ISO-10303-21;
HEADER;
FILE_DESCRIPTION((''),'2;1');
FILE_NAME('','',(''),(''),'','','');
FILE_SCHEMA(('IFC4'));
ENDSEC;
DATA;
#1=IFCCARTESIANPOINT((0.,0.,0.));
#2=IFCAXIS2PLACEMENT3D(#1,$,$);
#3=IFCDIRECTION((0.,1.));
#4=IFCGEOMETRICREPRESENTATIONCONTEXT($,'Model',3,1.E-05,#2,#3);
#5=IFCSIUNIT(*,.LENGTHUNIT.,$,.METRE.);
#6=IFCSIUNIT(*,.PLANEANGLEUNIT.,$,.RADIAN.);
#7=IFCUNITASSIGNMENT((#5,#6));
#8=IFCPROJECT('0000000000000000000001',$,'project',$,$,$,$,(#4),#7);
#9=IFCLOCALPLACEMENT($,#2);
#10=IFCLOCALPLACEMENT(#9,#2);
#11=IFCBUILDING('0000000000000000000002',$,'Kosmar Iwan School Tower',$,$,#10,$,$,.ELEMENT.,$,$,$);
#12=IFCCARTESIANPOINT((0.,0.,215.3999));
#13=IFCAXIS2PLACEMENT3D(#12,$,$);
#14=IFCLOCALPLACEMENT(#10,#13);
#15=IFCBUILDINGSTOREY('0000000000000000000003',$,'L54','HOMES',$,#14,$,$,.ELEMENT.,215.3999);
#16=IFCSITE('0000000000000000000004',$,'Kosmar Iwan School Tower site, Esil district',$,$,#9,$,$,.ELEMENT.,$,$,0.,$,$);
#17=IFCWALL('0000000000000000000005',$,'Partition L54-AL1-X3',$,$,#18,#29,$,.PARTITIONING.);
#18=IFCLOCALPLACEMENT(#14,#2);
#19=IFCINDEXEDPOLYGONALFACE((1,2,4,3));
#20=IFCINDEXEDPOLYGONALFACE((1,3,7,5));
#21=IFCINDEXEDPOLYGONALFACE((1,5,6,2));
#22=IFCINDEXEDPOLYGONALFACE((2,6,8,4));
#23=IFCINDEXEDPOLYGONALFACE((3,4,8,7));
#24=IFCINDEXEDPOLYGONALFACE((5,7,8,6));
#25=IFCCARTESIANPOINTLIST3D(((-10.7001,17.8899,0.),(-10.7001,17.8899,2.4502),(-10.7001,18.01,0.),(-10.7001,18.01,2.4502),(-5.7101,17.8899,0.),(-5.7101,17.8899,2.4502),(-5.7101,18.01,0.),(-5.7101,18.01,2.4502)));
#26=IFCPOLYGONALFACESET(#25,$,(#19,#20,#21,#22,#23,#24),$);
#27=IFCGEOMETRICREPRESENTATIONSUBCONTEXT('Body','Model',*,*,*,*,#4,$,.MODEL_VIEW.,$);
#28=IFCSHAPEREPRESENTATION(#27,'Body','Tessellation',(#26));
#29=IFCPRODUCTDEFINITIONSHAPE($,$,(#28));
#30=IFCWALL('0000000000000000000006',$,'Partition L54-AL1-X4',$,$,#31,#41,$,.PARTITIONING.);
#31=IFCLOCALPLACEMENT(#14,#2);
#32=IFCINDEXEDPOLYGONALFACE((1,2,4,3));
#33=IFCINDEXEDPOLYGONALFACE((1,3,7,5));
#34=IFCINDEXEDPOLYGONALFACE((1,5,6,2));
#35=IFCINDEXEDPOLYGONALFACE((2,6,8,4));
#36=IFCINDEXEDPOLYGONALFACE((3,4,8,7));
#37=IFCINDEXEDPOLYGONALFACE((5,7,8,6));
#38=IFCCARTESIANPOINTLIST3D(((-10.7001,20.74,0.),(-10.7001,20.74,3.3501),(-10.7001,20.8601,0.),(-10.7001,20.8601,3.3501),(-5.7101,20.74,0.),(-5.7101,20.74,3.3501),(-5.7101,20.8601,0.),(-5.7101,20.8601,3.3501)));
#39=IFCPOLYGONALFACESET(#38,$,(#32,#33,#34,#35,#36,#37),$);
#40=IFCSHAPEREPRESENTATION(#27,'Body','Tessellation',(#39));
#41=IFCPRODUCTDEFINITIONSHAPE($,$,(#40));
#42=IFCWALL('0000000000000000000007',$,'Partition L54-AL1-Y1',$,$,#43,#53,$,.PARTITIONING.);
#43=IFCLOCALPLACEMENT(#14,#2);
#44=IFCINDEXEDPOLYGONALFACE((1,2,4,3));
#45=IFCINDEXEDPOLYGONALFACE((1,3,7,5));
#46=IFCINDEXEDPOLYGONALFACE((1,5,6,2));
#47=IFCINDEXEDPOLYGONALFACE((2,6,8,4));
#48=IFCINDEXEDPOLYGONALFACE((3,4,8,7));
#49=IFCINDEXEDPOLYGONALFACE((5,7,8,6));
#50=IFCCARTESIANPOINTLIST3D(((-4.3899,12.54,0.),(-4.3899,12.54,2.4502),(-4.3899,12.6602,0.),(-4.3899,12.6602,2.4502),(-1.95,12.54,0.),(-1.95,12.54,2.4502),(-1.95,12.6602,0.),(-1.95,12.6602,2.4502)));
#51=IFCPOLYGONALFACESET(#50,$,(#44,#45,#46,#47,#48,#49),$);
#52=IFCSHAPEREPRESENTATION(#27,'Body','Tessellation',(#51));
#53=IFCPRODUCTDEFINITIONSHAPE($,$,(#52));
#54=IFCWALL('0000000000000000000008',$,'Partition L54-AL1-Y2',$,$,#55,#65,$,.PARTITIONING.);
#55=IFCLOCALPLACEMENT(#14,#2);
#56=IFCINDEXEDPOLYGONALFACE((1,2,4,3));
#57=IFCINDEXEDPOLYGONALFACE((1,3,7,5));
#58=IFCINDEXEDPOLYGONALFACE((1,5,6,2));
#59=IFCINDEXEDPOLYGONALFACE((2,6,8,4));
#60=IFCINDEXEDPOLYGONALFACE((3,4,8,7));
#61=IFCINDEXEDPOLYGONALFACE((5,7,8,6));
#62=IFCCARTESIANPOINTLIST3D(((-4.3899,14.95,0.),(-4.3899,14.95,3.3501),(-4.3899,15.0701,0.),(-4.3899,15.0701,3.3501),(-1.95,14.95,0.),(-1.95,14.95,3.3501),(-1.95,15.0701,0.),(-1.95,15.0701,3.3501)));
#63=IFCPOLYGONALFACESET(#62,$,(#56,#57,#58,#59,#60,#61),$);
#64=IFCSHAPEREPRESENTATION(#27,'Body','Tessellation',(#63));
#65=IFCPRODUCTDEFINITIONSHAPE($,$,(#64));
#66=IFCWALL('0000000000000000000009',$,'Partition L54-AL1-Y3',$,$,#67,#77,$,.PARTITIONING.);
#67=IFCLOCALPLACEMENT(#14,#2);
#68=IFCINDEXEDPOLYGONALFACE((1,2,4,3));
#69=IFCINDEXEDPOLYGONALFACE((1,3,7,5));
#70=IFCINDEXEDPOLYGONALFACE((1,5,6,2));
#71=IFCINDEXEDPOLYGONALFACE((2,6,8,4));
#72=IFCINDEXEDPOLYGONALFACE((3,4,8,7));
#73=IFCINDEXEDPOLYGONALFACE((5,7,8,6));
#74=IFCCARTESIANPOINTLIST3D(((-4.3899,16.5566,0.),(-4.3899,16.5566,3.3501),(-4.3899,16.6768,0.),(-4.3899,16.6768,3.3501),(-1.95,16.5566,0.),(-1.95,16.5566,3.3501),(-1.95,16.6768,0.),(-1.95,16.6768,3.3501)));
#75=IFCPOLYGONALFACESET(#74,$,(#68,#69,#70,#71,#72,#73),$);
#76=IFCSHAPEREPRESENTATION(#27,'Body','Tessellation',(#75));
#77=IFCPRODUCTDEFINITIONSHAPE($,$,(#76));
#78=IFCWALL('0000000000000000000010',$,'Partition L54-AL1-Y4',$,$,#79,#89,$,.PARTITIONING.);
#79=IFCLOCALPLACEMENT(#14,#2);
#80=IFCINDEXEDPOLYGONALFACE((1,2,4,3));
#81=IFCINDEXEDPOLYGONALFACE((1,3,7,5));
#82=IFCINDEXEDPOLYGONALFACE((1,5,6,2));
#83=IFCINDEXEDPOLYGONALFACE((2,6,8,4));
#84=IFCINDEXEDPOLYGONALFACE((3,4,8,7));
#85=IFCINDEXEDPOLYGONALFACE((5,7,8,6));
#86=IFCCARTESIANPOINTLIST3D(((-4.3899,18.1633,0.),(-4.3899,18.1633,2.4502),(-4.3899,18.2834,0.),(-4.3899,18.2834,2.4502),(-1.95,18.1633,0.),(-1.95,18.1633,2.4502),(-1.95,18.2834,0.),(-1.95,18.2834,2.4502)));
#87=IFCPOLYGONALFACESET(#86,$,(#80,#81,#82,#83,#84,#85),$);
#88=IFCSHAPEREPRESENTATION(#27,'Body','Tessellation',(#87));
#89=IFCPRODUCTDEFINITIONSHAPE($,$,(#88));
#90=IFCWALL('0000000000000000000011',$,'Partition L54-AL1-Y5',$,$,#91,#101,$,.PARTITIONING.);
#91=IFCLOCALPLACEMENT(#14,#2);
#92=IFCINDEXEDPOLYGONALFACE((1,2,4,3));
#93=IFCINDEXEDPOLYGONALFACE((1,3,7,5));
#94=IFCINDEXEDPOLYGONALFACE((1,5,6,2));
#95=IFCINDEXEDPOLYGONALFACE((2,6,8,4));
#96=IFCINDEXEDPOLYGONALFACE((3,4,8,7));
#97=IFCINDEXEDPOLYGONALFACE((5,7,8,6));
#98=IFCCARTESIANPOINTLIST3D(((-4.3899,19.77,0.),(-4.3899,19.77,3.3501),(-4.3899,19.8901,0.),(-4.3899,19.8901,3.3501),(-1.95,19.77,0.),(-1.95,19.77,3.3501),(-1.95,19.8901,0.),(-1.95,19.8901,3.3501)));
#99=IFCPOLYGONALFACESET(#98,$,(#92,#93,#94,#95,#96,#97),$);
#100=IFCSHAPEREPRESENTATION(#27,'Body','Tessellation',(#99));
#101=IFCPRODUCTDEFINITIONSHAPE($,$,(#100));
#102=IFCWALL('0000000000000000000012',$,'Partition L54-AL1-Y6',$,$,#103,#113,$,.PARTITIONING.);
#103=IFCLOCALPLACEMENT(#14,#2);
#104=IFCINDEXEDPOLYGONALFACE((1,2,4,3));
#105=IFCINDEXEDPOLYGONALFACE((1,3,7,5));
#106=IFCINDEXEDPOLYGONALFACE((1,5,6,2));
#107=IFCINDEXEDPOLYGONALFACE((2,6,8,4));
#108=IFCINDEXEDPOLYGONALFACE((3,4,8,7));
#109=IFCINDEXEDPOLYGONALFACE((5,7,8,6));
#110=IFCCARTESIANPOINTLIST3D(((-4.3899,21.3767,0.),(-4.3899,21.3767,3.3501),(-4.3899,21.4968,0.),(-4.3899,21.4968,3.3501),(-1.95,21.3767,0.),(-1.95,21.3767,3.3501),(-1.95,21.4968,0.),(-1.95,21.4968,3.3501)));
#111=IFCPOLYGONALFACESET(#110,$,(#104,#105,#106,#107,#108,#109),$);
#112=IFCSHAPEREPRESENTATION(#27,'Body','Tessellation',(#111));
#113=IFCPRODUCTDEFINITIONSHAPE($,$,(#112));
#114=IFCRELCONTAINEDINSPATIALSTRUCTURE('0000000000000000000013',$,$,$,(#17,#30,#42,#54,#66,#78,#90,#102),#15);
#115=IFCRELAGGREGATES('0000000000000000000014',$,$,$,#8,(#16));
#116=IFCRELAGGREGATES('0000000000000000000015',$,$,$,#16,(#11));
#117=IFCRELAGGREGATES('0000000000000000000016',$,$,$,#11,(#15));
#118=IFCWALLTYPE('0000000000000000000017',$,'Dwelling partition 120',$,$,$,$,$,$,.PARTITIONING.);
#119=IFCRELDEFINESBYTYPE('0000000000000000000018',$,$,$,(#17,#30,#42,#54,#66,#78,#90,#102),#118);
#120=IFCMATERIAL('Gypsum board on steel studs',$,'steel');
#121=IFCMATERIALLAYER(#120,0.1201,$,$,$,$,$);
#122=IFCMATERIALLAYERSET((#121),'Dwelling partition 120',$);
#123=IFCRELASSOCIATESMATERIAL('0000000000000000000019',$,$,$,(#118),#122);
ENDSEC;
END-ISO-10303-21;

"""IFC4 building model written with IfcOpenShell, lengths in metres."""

from ifc_helpers import new_model, si_unit, direction, frame, frame_2d, origin, place, context, subcontext, project, spatial, rectangle, extrude, material, layer, layer_set, type_object, element, save


model = new_model("IFC4")

# Units and contexts
model_context = context("Model", 3, precision=1e-05, world=origin(), true_north=direction((0.0, 1.0)))
body_context = subcontext(model_context, "Body", "Model", "MODEL_VIEW")
ifc_project = project(units=[si_unit("LENGTHUNIT", "METRE"), si_unit("PLANEANGLEUNIT", "RADIAN")], contexts=[model_context])

# Site, building, storey
site_placement = place(None, origin())
site = spatial("IfcSite", under=ifc_project, at=site_placement, Name="Kosmar Iwan School Tower site, Esil district", CompositionType="ELEMENT", RefElevation=0.0)
building_placement = place(site_placement, origin())
building = spatial("IfcBuilding", under=site, at=building_placement, Name="Kosmar Iwan School Tower", CompositionType="ELEMENT")
storey_placement = place(building_placement, frame((0.0, 0.0, 215.3999)))
storey = spatial("IfcBuildingStorey", under=building, at=storey_placement, Name="L54", Description="HOMES", CompositionType="ELEMENT", Elevation=215.3999)

# Shared definitions
ifc_material_1 = material(Name="Gypsum board on steel studs", Category="steel")
ifc_layer_1 = layer(ifc_material_1, 0.1201)
ifc_layer_set_1 = layer_set([ifc_layer_1], Name="Dwelling partition 120")
wall_type_1 = type_object("IfcWallType", Name="Dwelling partition 120", PredefinedType="PARTITIONING", material=ifc_layer_set_1)

# Walls
wall_1_placement = place(storey_placement, frame((-5.71, 17.95, 0.0), z_axis=(0.0, 0.0, 1.0), x_axis=(-1.0, 0.0, 0.0)))
element("IfcWall", 1, at=wall_1_placement, inside=storey, type_object=wall_type_1, Name="Partition L54-AL1-X3", PredefinedType="PARTITIONING", context=body_context, shape_type="SweptSolid", body=[
    extrude(rectangle(XDim=4.99, YDim=0.1201, at=frame_2d((2.4951, 0.0))), origin(), (0.0, 0.0, 1.0), 2.4502),
])
wall_2_placement = place(storey_placement, frame((-5.71, 20.8, 0.0), z_axis=(0.0, 0.0, 1.0), x_axis=(-1.0, 0.0, 0.0)))
element("IfcWall", 2, at=wall_2_placement, inside=storey, type_object=wall_type_1, Name="Partition L54-AL1-X4", PredefinedType="PARTITIONING", context=body_context, shape_type="SweptSolid", body=[
    extrude(rectangle(XDim=4.99, YDim=0.1201, at=frame_2d((2.4951, 0.0))), origin(), (0.0, 0.0, 1.0), 3.3501),
])
wall_3_placement = place(storey_placement, frame((-1.95, 12.6001, 0.0), z_axis=(0.0, 0.0, 1.0), x_axis=(-1.0, 0.0, 0.0)))
element("IfcWall", 3, at=wall_3_placement, inside=storey, type_object=wall_type_1, Name="Partition L54-AL1-Y1", PredefinedType="PARTITIONING", context=body_context, shape_type="SweptSolid", body=[
    extrude(rectangle(XDim=2.4399, YDim=0.1201, at=frame_2d((1.22, 0.0))), origin(), (0.0, 0.0, 1.0), 2.4502),
])
for number, where, z_axis, x_axis, name in (
    (4, (-1.95, 15.01, 0.0), (0.0, 0.0, 1.0), (-1.0, 0.0, 0.0), "Partition L54-AL1-Y2"),
    (5, (-1.95, 16.6167, 0.0), (0.0, 0.0, 1.0), (-1.0, 0.0, 0.0), "Partition L54-AL1-Y3"),
):
    element("IfcWall", number, at=place(storey_placement, frame(where, z_axis=z_axis, x_axis=x_axis)), inside=storey, type_object=wall_type_1, Name=name, PredefinedType="PARTITIONING", context=body_context, shape_type="SweptSolid", body=[
        extrude(rectangle(XDim=2.4399, YDim=0.1201, at=frame_2d((1.22, 0.0))), origin(), (0.0, 0.0, 1.0), 3.3501),
    ])
wall_4_placement = place(storey_placement, frame((-1.95, 18.2234, 0.0), z_axis=(0.0, 0.0, 1.0), x_axis=(-1.0, 0.0, 0.0)))
element("IfcWall", 6, at=wall_4_placement, inside=storey, type_object=wall_type_1, Name="Partition L54-AL1-Y4", PredefinedType="PARTITIONING", context=body_context, shape_type="SweptSolid", body=[
    extrude(rectangle(XDim=2.4399, YDim=0.1201, at=frame_2d((1.22, 0.0))), origin(), (0.0, 0.0, 1.0), 2.4502),
])
for number, where, z_axis, x_axis, name in (
    (7, (-1.95, 19.8301, 0.0), (0.0, 0.0, 1.0), (-1.0, 0.0, 0.0), "Partition L54-AL1-Y5"),
    (8, (-1.95, 21.4368, 0.0), (0.0, 0.0, 1.0), (-1.0, 0.0, 0.0), "Partition L54-AL1-Y6"),
):
    element("IfcWall", number, at=place(storey_placement, frame(where, z_axis=z_axis, x_axis=x_axis)), inside=storey, type_object=wall_type_1, Name=name, PredefinedType="PARTITIONING", context=body_context, shape_type="SweptSolid", body=[
        extrude(rectangle(XDim=2.4399, YDim=0.1201, at=frame_2d((1.22, 0.0))), origin(), (0.0, 0.0, 1.0), 3.3501),
    ])

save(model, "model.ifc")
